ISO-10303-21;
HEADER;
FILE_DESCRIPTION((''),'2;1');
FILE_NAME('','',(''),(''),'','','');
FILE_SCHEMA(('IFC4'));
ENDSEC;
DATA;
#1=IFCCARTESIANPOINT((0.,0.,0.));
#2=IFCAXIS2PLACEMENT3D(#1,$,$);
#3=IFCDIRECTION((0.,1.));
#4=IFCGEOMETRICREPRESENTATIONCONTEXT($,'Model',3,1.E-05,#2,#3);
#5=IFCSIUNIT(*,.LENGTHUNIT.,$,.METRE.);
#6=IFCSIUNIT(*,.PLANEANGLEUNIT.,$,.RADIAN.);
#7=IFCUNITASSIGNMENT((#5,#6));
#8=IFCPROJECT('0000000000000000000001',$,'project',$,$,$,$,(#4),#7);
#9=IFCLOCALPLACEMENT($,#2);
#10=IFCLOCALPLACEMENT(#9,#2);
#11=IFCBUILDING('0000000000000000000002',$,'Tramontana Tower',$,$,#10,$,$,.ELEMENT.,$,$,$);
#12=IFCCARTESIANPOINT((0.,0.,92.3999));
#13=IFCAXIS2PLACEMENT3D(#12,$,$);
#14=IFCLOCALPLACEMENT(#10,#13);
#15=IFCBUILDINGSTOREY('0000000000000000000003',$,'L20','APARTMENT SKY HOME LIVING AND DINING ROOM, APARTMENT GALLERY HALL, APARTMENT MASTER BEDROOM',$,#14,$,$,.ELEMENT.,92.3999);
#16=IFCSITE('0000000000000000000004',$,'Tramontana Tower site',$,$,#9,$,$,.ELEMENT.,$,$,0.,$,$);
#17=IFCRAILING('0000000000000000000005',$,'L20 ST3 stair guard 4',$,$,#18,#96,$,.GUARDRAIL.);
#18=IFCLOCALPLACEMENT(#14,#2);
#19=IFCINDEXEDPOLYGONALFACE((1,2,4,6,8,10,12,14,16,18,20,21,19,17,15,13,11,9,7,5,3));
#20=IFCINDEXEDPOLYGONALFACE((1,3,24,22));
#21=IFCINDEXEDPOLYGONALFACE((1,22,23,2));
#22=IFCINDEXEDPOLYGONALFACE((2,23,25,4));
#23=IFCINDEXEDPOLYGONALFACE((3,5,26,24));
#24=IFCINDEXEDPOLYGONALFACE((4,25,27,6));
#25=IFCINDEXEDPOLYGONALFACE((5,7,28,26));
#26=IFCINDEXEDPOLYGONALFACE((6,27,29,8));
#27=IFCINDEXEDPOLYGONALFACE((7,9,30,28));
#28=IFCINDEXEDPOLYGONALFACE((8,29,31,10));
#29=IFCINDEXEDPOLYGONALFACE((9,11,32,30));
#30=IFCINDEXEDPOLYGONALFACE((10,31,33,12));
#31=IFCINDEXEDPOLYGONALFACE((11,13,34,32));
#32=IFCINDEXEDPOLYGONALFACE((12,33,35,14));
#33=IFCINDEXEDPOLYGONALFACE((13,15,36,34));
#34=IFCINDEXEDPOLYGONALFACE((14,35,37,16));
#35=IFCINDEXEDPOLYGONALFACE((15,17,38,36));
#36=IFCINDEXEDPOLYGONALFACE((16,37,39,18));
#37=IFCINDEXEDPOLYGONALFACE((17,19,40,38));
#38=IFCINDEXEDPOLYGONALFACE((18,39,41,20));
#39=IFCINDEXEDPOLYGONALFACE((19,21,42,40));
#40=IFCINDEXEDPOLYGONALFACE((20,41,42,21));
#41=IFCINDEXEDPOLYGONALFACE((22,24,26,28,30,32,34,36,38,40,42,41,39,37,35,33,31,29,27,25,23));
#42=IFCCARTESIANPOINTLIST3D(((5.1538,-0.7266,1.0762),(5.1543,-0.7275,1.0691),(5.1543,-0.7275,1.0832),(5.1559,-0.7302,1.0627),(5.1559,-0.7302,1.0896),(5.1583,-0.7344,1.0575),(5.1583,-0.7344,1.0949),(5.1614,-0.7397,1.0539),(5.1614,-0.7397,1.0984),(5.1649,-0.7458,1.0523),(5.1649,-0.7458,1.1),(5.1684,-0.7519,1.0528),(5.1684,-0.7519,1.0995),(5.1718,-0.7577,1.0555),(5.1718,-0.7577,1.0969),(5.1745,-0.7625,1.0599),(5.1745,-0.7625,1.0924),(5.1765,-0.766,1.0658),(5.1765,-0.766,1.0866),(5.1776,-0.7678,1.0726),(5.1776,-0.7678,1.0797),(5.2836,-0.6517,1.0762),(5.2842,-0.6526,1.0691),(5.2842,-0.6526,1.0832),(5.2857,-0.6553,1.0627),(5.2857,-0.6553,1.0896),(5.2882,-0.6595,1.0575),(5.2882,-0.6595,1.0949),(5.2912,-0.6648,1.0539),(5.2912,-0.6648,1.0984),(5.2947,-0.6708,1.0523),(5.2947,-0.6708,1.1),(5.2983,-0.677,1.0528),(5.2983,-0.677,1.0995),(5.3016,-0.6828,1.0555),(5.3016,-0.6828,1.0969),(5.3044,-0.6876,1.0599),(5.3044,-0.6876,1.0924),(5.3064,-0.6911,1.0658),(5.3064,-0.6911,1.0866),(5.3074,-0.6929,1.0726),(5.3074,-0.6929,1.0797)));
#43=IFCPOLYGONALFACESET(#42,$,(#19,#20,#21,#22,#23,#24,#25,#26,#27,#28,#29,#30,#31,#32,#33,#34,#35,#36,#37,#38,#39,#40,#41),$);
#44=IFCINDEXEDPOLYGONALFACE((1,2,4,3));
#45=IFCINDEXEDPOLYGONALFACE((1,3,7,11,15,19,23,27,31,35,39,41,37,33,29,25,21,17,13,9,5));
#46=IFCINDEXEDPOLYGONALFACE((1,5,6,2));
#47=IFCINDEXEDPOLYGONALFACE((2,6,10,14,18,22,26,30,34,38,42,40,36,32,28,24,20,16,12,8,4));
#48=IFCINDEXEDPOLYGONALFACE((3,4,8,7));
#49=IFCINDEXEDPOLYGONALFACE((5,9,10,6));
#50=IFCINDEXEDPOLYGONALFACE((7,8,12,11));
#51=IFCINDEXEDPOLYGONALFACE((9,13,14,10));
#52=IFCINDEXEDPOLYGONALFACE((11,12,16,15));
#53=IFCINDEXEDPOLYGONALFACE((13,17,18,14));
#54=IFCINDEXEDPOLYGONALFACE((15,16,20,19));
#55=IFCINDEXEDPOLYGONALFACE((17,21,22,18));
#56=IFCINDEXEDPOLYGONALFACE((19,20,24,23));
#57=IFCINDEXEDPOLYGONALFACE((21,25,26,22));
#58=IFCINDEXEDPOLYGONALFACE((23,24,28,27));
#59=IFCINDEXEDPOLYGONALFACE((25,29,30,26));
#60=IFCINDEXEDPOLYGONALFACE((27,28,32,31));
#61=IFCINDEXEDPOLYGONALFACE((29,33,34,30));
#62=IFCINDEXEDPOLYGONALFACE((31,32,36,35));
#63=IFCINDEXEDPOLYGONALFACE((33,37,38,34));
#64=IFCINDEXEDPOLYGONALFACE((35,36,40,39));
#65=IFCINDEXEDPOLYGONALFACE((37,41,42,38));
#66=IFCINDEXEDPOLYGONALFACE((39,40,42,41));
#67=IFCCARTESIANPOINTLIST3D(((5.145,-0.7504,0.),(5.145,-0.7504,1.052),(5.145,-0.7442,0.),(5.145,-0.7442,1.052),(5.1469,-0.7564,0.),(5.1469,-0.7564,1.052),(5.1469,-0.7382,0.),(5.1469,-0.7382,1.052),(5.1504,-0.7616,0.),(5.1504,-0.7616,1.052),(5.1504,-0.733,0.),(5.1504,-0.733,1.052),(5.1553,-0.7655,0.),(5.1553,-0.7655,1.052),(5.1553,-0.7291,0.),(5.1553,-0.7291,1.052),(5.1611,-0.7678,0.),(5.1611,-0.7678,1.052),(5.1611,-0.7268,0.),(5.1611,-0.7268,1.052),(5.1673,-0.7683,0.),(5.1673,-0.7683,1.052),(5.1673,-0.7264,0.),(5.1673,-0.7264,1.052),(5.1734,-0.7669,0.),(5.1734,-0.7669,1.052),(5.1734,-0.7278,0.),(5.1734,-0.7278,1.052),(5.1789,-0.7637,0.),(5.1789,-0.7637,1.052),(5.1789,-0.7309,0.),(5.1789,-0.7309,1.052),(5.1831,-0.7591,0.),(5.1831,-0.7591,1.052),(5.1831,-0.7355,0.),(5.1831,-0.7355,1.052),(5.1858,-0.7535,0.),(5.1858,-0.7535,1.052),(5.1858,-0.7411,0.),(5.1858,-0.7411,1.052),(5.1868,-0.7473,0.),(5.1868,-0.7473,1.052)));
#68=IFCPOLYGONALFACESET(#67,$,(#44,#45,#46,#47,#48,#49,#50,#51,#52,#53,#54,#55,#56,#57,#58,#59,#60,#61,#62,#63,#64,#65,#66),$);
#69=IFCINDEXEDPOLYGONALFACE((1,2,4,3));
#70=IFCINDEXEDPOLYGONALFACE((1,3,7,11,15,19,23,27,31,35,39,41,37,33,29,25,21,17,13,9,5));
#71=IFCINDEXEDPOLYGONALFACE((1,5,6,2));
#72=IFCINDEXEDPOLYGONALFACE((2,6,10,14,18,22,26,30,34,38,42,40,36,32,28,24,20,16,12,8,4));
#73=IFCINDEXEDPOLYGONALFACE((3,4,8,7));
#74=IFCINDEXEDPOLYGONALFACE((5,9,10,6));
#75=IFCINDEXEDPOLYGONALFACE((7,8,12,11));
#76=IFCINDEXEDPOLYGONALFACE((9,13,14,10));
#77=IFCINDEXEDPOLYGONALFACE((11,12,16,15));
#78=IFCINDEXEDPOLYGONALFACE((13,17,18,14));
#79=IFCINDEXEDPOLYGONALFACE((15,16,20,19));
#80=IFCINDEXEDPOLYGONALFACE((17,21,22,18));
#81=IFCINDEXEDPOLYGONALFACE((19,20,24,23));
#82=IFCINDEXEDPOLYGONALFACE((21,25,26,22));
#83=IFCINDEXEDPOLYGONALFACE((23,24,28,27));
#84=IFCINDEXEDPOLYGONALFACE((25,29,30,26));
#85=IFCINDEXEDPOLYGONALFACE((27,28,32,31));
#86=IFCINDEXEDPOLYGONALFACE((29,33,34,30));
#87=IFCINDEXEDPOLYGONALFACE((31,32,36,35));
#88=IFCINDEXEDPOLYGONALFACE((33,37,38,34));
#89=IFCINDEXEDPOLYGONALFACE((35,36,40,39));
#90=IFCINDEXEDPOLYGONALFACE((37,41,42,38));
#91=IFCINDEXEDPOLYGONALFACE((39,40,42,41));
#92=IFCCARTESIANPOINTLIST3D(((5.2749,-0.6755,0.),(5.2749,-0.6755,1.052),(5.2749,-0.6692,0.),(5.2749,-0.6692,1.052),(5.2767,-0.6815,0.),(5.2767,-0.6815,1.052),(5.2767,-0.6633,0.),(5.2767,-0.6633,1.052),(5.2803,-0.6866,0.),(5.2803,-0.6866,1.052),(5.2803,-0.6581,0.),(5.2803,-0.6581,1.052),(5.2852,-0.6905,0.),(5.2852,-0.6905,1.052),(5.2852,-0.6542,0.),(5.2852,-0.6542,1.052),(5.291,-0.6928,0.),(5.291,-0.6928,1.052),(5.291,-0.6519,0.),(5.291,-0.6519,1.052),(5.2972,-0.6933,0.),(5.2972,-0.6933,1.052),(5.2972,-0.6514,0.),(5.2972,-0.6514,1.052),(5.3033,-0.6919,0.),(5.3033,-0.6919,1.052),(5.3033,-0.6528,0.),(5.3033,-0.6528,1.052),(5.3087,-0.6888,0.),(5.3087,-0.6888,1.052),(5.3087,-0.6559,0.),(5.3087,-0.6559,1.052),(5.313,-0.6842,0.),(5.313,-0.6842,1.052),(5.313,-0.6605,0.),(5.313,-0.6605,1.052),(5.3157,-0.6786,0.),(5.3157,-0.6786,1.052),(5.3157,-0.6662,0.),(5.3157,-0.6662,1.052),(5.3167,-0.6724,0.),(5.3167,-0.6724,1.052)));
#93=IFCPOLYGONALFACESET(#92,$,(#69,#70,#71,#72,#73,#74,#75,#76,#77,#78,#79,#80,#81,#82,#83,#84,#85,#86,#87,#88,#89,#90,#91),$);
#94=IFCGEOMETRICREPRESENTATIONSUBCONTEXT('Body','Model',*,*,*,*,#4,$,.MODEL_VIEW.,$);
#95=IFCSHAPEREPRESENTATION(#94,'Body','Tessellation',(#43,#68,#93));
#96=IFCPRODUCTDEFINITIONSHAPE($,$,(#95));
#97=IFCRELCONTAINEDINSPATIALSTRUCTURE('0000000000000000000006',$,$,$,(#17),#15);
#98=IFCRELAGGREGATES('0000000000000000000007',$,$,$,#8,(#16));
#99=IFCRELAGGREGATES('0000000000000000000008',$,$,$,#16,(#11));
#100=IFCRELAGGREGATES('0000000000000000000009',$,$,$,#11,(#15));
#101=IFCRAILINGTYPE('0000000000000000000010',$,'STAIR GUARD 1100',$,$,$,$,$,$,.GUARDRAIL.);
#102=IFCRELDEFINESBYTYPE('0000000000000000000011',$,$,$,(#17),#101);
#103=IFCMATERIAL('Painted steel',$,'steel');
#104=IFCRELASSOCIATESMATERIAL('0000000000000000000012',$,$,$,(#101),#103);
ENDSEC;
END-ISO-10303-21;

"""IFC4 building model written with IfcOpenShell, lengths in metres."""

from ifc_helpers import new_model, si_unit, direction, frame, origin, origin_2d, place, context, subcontext, project, spatial, circle, extrude, material, type_object, element, save


model = new_model("IFC4")

# Units and contexts
model_context = context("Model", 3, precision=1e-05, world=origin(), true_north=direction((0.0, 1.0)))
body_context = subcontext(model_context, "Body", "Model", "MODEL_VIEW")
ifc_project = project(units=[si_unit("LENGTHUNIT", "METRE"), si_unit("PLANEANGLEUNIT", "RADIAN")], contexts=[model_context])

# Site, building, storey
site_placement = place(None, origin())
site = spatial("IfcSite", under=ifc_project, at=site_placement, Name="Tramontana Tower site", CompositionType="ELEMENT", RefElevation=0.0)
building_placement = place(site_placement, origin())
building = spatial("IfcBuilding", under=site, at=building_placement, Name="Tramontana Tower", CompositionType="ELEMENT")
storey_placement = place(building_placement, frame((0.0, 0.0, 92.3999)))
storey = spatial("IfcBuildingStorey", under=building, at=storey_placement, Name="L20", Description="APARTMENT SKY HOME LIVING AND DINING ROOM, APARTMENT GALLERY HALL, APARTMENT MASTER BEDROOM", CompositionType="ELEMENT", Elevation=92.3999)

# Railing
ifc_material_1 = material(Name="Painted steel", Category="steel")
railing_type_1 = type_object("IfcRailingType", Name="STAIR GUARD 1100", PredefinedType="GUARDRAIL", material=ifc_material_1)
railing_1_placement = place(storey_placement, frame((5.1658, -0.7473, 0.0)))
element("IfcRailing", 1, at=railing_1_placement, inside=storey, type_object=railing_type_1, Name="L20 ST3 stair guard 4", PredefinedType="GUARDRAIL", context=body_context, shape_type="SweptSolid", body=[
    extrude(circle(Radius=0.0239, at=origin_2d()), frame((0.0, 0.0, 1.0762), z_axis=(0.866131, 0.499816, 0.0), x_axis=(-0.499816, 0.866131, 0.0)), (0.0, 0.0, 1.0), 0.1499),
    extrude(circle(Radius=0.021, at=origin_2d()), origin(), (0.0, 0.0, 1.0), 1.052),
    extrude(circle(Radius=0.021, at=origin_2d()), frame((0.1299, 0.075, 0.0)), (0.0, 0.0, 1.0), 1.052),
])

save(model, "model.ifc")
